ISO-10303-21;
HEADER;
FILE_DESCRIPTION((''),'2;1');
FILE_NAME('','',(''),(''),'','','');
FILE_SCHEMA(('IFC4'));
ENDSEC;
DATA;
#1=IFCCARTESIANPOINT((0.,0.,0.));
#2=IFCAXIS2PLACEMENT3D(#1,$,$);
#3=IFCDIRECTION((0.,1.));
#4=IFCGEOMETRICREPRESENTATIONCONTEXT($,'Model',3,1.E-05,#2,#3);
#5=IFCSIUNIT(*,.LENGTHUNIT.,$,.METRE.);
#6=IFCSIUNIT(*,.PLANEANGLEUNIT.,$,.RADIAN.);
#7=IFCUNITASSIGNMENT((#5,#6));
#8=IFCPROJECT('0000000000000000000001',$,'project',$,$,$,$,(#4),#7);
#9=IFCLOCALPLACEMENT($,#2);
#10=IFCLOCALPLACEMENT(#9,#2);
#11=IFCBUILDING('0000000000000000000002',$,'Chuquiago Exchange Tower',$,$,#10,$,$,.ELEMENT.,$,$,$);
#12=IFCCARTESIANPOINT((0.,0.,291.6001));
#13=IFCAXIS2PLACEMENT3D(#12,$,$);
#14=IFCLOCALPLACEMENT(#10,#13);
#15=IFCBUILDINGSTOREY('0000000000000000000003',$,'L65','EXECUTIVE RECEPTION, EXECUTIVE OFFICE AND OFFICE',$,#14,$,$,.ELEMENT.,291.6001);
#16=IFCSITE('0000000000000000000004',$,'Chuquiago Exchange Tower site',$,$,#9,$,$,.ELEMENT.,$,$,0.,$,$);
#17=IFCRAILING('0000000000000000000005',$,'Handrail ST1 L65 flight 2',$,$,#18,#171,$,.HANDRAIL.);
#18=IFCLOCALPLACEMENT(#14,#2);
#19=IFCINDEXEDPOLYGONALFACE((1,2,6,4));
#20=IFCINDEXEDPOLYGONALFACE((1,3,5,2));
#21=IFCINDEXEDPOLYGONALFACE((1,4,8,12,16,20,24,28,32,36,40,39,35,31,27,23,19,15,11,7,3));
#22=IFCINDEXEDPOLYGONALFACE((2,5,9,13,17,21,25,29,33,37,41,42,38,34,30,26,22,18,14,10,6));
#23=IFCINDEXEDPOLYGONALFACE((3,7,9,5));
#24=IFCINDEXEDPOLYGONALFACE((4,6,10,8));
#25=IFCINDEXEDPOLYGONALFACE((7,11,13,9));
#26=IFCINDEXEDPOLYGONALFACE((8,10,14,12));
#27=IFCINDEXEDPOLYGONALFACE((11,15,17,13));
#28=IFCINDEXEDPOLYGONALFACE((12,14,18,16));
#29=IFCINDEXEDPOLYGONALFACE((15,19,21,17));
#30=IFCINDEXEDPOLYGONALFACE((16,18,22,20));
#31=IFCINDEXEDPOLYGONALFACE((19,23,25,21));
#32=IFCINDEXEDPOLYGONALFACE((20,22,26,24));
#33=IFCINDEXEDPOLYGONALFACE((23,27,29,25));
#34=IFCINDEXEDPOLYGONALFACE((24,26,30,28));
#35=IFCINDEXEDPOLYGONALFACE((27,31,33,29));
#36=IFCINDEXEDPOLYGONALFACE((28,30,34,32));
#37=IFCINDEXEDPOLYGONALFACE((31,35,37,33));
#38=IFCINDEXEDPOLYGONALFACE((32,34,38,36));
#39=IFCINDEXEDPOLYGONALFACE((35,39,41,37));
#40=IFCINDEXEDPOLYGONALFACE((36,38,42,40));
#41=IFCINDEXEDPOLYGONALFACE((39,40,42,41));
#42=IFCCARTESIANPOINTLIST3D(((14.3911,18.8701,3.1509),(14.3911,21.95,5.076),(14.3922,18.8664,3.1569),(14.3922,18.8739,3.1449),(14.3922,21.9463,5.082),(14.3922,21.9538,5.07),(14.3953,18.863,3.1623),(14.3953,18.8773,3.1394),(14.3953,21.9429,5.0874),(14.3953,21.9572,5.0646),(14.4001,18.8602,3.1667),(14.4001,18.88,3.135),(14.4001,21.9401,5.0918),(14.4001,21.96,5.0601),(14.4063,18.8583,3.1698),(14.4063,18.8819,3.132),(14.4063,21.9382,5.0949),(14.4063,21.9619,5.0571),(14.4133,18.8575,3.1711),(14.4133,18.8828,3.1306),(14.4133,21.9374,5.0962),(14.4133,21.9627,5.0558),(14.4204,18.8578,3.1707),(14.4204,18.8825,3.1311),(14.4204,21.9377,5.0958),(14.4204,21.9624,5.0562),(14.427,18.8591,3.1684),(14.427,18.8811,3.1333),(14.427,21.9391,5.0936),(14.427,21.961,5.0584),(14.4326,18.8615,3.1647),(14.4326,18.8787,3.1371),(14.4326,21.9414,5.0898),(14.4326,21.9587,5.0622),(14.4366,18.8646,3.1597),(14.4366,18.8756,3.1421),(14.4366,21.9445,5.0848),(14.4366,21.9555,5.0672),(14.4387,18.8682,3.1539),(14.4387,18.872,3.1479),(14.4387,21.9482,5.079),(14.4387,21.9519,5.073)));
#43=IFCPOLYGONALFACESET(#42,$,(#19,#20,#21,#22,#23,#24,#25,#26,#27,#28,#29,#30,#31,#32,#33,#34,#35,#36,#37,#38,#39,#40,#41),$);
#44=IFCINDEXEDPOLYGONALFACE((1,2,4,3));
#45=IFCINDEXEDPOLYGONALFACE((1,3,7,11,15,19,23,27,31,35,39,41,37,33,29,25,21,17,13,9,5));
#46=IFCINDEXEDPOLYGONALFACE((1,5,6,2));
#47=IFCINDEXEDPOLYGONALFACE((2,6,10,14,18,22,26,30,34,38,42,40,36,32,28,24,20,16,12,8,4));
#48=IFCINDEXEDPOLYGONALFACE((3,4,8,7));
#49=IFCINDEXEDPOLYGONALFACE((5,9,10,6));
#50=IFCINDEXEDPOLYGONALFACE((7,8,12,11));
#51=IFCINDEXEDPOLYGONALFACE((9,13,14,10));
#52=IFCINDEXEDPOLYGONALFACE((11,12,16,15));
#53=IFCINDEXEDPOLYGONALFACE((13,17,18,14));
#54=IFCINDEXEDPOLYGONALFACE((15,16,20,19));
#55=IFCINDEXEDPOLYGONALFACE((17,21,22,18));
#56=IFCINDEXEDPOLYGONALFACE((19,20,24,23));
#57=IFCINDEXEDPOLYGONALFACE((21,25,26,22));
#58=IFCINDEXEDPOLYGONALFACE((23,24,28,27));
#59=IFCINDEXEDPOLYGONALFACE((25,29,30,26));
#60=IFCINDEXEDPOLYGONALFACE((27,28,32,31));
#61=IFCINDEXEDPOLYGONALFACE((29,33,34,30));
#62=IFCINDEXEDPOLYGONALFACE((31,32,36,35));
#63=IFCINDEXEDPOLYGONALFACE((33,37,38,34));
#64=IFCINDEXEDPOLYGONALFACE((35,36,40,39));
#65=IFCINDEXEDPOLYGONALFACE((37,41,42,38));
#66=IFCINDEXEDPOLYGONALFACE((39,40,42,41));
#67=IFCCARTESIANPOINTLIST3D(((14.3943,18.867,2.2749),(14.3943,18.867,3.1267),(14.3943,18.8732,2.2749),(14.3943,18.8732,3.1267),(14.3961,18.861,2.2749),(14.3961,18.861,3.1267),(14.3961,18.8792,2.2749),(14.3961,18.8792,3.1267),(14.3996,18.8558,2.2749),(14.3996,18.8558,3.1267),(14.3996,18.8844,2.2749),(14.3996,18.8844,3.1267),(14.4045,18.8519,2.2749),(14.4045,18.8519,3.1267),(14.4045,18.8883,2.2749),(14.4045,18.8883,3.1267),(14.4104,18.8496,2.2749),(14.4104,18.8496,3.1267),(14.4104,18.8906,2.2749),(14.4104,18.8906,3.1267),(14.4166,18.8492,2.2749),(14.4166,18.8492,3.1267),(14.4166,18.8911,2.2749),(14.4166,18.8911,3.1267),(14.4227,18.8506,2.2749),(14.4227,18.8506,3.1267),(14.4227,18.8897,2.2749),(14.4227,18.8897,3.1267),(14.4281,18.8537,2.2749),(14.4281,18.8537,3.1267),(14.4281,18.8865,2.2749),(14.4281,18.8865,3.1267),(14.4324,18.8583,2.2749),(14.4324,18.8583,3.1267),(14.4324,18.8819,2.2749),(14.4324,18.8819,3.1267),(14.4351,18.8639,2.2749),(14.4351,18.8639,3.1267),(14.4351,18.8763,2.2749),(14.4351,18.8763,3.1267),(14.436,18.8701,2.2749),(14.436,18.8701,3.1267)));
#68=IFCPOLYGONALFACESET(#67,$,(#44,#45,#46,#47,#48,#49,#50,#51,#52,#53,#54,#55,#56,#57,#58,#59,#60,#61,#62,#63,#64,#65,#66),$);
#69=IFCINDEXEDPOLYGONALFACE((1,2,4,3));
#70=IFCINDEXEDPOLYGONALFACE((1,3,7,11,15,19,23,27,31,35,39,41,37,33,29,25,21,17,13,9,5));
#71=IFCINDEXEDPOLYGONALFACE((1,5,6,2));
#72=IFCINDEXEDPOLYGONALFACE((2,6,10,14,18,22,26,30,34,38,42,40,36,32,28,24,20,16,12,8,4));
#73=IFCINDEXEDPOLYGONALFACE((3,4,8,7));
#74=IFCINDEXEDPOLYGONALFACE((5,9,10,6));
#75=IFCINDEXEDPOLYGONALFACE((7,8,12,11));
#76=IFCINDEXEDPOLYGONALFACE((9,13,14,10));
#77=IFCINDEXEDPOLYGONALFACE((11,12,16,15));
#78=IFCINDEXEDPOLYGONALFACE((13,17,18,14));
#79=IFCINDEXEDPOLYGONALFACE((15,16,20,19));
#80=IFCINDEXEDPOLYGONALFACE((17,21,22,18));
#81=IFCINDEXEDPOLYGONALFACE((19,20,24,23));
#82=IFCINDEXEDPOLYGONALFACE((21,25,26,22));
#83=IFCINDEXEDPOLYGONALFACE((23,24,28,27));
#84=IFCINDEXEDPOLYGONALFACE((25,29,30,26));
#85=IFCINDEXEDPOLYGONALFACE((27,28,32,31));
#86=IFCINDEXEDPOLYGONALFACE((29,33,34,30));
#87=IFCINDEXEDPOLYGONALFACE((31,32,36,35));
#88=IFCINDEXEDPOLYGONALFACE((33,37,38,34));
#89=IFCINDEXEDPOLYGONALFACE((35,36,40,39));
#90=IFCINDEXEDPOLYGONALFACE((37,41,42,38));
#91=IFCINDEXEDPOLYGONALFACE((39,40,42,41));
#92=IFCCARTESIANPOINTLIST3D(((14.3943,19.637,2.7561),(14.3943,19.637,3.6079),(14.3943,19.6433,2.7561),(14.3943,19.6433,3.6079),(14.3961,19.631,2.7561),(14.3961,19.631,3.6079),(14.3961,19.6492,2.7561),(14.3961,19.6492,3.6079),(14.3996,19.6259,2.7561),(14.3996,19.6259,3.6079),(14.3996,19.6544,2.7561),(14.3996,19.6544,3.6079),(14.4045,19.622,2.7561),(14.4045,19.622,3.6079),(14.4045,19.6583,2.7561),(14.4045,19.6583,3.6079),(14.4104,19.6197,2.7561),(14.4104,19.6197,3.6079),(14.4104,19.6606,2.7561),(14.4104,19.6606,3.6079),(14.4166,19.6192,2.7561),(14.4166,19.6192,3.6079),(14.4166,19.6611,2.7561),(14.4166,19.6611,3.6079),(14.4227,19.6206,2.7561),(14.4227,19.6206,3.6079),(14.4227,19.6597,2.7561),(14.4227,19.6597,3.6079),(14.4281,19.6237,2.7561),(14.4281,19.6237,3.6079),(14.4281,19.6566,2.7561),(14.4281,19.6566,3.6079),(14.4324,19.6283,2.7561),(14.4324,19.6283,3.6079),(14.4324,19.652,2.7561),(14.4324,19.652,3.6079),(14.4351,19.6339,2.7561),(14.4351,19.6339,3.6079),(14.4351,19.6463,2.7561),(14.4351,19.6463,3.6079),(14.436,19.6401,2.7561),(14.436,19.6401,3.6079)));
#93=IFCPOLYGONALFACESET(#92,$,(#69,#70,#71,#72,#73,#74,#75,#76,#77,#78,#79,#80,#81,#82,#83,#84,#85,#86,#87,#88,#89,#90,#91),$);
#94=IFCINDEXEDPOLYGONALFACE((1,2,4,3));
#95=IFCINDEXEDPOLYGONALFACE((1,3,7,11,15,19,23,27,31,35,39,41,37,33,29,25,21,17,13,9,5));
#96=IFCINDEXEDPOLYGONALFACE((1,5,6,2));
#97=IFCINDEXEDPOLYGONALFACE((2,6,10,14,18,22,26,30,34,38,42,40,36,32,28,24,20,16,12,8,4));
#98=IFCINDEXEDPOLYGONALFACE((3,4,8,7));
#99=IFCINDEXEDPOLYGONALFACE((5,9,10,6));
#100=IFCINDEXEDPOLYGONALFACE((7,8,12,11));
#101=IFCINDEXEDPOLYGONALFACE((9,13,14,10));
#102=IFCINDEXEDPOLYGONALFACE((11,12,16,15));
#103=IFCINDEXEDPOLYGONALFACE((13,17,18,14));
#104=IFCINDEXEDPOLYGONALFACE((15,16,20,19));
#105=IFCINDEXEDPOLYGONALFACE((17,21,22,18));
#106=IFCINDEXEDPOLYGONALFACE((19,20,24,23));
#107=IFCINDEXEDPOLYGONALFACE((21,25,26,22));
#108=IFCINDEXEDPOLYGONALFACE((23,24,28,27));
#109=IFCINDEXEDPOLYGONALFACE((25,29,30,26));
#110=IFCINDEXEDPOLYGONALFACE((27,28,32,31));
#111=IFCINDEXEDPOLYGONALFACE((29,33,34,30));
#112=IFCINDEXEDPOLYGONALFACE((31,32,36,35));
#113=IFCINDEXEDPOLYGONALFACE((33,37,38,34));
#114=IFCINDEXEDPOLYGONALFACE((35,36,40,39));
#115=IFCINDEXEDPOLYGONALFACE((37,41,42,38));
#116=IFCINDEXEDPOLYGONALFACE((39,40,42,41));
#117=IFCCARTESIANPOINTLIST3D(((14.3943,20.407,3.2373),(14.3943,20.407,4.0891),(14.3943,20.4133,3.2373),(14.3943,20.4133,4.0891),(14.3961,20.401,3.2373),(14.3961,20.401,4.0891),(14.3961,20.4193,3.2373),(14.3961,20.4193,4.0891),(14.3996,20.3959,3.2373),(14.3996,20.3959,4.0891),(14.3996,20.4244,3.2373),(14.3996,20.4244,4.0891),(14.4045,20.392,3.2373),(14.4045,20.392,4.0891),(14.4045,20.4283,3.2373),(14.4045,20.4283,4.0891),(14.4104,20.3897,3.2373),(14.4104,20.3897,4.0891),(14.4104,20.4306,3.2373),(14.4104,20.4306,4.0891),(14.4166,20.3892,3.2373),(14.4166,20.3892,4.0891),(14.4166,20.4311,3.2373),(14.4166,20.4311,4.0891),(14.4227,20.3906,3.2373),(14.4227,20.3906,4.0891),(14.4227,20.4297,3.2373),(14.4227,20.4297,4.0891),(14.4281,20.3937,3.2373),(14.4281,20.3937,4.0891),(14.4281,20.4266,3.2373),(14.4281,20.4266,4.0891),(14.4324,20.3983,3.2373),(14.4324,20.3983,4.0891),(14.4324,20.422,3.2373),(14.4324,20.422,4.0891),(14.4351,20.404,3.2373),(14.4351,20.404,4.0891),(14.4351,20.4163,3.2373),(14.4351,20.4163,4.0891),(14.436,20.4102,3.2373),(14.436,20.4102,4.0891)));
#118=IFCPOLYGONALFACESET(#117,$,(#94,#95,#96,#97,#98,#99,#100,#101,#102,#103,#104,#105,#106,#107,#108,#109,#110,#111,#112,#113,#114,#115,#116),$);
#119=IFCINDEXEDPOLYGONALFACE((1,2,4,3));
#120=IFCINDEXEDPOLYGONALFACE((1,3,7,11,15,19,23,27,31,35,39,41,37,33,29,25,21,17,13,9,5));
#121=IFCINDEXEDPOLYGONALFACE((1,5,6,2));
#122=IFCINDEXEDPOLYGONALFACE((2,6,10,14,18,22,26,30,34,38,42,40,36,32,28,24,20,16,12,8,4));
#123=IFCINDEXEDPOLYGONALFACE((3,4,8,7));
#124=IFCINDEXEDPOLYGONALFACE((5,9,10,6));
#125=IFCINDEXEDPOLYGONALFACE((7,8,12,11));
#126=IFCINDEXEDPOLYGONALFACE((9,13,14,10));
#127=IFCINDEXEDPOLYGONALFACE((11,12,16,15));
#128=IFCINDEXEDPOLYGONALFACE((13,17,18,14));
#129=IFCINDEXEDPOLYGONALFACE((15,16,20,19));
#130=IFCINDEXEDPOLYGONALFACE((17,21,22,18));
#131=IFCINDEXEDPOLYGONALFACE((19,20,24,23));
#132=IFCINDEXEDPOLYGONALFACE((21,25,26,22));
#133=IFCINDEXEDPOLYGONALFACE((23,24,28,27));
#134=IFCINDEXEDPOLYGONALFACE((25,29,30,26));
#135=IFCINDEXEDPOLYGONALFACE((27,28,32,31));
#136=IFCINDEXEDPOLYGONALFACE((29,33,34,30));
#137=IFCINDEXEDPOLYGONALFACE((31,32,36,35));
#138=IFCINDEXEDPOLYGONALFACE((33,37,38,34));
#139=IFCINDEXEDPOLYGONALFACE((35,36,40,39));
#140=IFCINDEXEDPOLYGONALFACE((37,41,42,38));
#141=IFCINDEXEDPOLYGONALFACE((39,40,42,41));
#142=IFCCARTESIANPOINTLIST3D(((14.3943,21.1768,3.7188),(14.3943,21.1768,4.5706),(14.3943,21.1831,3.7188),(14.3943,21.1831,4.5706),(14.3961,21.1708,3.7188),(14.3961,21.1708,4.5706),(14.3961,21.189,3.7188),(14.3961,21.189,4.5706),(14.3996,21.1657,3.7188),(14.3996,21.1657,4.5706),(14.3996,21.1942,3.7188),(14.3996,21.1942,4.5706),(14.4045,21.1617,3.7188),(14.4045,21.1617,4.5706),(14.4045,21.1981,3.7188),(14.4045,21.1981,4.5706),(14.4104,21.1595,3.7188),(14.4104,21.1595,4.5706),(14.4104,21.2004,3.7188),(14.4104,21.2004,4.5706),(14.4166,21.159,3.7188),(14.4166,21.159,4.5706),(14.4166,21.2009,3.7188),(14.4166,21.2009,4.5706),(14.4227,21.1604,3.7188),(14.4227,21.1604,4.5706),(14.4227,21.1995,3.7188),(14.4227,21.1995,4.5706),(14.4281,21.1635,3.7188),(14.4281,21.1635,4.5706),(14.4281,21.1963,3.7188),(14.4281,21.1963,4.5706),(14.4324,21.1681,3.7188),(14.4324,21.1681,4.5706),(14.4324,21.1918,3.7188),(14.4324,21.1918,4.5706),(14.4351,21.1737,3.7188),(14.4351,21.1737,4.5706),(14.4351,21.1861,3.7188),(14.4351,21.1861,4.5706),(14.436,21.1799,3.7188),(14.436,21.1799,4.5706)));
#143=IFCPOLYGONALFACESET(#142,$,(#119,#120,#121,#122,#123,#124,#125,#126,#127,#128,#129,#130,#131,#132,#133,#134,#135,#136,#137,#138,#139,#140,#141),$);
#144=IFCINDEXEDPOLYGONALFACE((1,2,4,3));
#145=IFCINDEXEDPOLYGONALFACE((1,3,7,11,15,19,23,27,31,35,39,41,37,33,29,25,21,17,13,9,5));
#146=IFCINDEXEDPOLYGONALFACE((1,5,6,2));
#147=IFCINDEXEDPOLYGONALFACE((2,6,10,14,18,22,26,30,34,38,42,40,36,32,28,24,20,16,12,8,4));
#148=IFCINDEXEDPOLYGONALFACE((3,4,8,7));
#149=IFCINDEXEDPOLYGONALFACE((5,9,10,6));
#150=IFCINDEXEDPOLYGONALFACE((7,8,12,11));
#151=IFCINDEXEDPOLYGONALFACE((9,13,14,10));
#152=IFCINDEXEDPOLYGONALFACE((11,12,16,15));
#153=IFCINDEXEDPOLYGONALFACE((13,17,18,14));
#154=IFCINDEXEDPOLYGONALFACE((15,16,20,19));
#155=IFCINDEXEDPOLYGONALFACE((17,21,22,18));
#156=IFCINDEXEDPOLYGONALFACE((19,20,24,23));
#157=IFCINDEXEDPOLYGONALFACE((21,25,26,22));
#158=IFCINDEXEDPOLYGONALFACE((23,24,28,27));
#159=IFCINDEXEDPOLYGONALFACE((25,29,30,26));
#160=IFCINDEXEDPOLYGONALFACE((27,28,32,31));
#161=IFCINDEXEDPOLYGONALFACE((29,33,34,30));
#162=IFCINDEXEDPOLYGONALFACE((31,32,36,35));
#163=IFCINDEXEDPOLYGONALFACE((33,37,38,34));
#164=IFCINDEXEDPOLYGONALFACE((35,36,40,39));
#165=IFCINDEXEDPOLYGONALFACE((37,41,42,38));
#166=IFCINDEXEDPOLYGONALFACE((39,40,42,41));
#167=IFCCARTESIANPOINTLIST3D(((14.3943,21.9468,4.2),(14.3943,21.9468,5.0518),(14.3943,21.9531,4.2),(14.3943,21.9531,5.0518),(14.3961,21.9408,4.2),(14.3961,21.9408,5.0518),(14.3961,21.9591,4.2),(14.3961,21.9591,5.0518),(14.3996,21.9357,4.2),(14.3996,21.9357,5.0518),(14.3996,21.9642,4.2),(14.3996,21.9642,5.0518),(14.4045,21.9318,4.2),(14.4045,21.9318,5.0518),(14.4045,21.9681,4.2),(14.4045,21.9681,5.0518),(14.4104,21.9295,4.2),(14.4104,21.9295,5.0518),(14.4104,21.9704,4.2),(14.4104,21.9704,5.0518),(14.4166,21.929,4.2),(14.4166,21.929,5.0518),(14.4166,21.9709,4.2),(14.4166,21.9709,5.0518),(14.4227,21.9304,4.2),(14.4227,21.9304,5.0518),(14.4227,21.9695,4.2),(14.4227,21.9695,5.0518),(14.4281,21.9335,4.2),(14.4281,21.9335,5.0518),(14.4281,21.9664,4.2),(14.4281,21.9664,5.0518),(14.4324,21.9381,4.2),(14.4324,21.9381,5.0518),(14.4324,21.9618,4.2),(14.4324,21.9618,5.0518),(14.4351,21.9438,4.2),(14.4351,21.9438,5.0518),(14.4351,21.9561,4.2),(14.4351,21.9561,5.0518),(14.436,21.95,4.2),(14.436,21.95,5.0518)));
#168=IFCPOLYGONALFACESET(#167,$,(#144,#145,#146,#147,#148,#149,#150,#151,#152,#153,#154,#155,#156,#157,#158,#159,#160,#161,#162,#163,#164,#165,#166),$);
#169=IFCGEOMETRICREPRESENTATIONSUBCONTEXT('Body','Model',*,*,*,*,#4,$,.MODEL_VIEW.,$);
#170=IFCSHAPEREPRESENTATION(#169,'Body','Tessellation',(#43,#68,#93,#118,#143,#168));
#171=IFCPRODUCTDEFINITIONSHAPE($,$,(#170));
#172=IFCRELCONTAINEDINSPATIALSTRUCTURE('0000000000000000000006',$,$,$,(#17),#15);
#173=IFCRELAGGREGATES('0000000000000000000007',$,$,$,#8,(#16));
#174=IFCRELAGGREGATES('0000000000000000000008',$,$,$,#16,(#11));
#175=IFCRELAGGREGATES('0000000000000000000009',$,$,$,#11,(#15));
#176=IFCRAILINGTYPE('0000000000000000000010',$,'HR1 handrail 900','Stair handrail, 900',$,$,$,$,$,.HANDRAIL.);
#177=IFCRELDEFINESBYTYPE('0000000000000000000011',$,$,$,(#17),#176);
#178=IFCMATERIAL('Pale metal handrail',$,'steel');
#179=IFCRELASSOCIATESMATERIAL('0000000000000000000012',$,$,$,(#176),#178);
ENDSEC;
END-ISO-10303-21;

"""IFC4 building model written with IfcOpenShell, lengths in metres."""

from ifc_helpers import new_model, si_unit, direction, frame, origin, origin_2d, place, context, subcontext, project, spatial, circle, extrude, material, type_object, element, save


model = new_model("IFC4")

# Units and contexts
model_context = context("Model", 3, precision=1e-05, world=origin(), true_north=direction((0.0, 1.0)))
body_context = subcontext(model_context, "Body", "Model", "MODEL_VIEW")
ifc_project = project(units=[si_unit("LENGTHUNIT", "METRE"), si_unit("PLANEANGLEUNIT", "RADIAN")], contexts=[model_context])

# Site, building, storey
site_placement = place(None, origin())
site = spatial("IfcSite", under=ifc_project, at=site_placement, Name="Chuquiago Exchange Tower site", CompositionType="ELEMENT", RefElevation=0.0)
building_placement = place(site_placement, origin())
building = spatial("IfcBuilding", under=site, at=building_placement, Name="Chuquiago Exchange Tower", CompositionType="ELEMENT")
storey_placement = place(building_placement, frame((0.0, 0.0, 291.6001)))
storey = spatial("IfcBuildingStorey", under=building, at=storey_placement, Name="L65", Description="EXECUTIVE RECEPTION, EXECUTIVE OFFICE AND OFFICE", CompositionType="ELEMENT", Elevation=291.6001)

# Railing
ifc_material_1 = material(Name="Pale metal handrail", Category="steel")
railing_type_1 = type_object("IfcRailingType", Name="HR1 handrail 900", Description="Stair handrail, 900", PredefinedType="HANDRAIL", material=ifc_material_1)
for number, where, name in (
    (1, (14.415, 18.8701, 2.2749), "Handrail ST1 L65 flight 2"),
):
    element("IfcRailing", number, at=place(storey_placement, frame(where)), inside=storey, type_object=railing_type_1, Name=name, PredefinedType="HANDRAIL", context=body_context, shape_type="SweptSolid", body=[
        extrude(circle(Radius=0.0239, at=origin_2d()), frame((0.0, 0.0, 0.876), z_axis=(0.0, 0.847979, 0.530029), x_axis=(-1.0, 0.0, 0.0)), (0.0, 0.0, 1.0), 3.6321),
        extrude(circle(Radius=0.021, at=origin_2d()), origin(), (0.0, 0.0, 1.0), 0.8518),
        extrude(circle(Radius=0.021, at=origin_2d()), frame((0.0, 0.77, 0.4812)), (0.0, 0.0, 1.0), 0.8518),
        extrude(circle(Radius=0.021, at=origin_2d()), frame((0.0, 1.54, 0.9624)), (0.0, 0.0, 1.0), 0.8518),
        extrude(circle(Radius=0.021, at=origin_2d()), frame((0.0, 2.3098, 1.4438)), (0.0, 0.0, 1.0), 0.8518),
        extrude(circle(Radius=0.021, at=origin_2d()), frame((0.0, 3.0798, 1.925)), (0.0, 0.0, 1.0), 0.8518),
    ])

save(model, "model.ifc")
